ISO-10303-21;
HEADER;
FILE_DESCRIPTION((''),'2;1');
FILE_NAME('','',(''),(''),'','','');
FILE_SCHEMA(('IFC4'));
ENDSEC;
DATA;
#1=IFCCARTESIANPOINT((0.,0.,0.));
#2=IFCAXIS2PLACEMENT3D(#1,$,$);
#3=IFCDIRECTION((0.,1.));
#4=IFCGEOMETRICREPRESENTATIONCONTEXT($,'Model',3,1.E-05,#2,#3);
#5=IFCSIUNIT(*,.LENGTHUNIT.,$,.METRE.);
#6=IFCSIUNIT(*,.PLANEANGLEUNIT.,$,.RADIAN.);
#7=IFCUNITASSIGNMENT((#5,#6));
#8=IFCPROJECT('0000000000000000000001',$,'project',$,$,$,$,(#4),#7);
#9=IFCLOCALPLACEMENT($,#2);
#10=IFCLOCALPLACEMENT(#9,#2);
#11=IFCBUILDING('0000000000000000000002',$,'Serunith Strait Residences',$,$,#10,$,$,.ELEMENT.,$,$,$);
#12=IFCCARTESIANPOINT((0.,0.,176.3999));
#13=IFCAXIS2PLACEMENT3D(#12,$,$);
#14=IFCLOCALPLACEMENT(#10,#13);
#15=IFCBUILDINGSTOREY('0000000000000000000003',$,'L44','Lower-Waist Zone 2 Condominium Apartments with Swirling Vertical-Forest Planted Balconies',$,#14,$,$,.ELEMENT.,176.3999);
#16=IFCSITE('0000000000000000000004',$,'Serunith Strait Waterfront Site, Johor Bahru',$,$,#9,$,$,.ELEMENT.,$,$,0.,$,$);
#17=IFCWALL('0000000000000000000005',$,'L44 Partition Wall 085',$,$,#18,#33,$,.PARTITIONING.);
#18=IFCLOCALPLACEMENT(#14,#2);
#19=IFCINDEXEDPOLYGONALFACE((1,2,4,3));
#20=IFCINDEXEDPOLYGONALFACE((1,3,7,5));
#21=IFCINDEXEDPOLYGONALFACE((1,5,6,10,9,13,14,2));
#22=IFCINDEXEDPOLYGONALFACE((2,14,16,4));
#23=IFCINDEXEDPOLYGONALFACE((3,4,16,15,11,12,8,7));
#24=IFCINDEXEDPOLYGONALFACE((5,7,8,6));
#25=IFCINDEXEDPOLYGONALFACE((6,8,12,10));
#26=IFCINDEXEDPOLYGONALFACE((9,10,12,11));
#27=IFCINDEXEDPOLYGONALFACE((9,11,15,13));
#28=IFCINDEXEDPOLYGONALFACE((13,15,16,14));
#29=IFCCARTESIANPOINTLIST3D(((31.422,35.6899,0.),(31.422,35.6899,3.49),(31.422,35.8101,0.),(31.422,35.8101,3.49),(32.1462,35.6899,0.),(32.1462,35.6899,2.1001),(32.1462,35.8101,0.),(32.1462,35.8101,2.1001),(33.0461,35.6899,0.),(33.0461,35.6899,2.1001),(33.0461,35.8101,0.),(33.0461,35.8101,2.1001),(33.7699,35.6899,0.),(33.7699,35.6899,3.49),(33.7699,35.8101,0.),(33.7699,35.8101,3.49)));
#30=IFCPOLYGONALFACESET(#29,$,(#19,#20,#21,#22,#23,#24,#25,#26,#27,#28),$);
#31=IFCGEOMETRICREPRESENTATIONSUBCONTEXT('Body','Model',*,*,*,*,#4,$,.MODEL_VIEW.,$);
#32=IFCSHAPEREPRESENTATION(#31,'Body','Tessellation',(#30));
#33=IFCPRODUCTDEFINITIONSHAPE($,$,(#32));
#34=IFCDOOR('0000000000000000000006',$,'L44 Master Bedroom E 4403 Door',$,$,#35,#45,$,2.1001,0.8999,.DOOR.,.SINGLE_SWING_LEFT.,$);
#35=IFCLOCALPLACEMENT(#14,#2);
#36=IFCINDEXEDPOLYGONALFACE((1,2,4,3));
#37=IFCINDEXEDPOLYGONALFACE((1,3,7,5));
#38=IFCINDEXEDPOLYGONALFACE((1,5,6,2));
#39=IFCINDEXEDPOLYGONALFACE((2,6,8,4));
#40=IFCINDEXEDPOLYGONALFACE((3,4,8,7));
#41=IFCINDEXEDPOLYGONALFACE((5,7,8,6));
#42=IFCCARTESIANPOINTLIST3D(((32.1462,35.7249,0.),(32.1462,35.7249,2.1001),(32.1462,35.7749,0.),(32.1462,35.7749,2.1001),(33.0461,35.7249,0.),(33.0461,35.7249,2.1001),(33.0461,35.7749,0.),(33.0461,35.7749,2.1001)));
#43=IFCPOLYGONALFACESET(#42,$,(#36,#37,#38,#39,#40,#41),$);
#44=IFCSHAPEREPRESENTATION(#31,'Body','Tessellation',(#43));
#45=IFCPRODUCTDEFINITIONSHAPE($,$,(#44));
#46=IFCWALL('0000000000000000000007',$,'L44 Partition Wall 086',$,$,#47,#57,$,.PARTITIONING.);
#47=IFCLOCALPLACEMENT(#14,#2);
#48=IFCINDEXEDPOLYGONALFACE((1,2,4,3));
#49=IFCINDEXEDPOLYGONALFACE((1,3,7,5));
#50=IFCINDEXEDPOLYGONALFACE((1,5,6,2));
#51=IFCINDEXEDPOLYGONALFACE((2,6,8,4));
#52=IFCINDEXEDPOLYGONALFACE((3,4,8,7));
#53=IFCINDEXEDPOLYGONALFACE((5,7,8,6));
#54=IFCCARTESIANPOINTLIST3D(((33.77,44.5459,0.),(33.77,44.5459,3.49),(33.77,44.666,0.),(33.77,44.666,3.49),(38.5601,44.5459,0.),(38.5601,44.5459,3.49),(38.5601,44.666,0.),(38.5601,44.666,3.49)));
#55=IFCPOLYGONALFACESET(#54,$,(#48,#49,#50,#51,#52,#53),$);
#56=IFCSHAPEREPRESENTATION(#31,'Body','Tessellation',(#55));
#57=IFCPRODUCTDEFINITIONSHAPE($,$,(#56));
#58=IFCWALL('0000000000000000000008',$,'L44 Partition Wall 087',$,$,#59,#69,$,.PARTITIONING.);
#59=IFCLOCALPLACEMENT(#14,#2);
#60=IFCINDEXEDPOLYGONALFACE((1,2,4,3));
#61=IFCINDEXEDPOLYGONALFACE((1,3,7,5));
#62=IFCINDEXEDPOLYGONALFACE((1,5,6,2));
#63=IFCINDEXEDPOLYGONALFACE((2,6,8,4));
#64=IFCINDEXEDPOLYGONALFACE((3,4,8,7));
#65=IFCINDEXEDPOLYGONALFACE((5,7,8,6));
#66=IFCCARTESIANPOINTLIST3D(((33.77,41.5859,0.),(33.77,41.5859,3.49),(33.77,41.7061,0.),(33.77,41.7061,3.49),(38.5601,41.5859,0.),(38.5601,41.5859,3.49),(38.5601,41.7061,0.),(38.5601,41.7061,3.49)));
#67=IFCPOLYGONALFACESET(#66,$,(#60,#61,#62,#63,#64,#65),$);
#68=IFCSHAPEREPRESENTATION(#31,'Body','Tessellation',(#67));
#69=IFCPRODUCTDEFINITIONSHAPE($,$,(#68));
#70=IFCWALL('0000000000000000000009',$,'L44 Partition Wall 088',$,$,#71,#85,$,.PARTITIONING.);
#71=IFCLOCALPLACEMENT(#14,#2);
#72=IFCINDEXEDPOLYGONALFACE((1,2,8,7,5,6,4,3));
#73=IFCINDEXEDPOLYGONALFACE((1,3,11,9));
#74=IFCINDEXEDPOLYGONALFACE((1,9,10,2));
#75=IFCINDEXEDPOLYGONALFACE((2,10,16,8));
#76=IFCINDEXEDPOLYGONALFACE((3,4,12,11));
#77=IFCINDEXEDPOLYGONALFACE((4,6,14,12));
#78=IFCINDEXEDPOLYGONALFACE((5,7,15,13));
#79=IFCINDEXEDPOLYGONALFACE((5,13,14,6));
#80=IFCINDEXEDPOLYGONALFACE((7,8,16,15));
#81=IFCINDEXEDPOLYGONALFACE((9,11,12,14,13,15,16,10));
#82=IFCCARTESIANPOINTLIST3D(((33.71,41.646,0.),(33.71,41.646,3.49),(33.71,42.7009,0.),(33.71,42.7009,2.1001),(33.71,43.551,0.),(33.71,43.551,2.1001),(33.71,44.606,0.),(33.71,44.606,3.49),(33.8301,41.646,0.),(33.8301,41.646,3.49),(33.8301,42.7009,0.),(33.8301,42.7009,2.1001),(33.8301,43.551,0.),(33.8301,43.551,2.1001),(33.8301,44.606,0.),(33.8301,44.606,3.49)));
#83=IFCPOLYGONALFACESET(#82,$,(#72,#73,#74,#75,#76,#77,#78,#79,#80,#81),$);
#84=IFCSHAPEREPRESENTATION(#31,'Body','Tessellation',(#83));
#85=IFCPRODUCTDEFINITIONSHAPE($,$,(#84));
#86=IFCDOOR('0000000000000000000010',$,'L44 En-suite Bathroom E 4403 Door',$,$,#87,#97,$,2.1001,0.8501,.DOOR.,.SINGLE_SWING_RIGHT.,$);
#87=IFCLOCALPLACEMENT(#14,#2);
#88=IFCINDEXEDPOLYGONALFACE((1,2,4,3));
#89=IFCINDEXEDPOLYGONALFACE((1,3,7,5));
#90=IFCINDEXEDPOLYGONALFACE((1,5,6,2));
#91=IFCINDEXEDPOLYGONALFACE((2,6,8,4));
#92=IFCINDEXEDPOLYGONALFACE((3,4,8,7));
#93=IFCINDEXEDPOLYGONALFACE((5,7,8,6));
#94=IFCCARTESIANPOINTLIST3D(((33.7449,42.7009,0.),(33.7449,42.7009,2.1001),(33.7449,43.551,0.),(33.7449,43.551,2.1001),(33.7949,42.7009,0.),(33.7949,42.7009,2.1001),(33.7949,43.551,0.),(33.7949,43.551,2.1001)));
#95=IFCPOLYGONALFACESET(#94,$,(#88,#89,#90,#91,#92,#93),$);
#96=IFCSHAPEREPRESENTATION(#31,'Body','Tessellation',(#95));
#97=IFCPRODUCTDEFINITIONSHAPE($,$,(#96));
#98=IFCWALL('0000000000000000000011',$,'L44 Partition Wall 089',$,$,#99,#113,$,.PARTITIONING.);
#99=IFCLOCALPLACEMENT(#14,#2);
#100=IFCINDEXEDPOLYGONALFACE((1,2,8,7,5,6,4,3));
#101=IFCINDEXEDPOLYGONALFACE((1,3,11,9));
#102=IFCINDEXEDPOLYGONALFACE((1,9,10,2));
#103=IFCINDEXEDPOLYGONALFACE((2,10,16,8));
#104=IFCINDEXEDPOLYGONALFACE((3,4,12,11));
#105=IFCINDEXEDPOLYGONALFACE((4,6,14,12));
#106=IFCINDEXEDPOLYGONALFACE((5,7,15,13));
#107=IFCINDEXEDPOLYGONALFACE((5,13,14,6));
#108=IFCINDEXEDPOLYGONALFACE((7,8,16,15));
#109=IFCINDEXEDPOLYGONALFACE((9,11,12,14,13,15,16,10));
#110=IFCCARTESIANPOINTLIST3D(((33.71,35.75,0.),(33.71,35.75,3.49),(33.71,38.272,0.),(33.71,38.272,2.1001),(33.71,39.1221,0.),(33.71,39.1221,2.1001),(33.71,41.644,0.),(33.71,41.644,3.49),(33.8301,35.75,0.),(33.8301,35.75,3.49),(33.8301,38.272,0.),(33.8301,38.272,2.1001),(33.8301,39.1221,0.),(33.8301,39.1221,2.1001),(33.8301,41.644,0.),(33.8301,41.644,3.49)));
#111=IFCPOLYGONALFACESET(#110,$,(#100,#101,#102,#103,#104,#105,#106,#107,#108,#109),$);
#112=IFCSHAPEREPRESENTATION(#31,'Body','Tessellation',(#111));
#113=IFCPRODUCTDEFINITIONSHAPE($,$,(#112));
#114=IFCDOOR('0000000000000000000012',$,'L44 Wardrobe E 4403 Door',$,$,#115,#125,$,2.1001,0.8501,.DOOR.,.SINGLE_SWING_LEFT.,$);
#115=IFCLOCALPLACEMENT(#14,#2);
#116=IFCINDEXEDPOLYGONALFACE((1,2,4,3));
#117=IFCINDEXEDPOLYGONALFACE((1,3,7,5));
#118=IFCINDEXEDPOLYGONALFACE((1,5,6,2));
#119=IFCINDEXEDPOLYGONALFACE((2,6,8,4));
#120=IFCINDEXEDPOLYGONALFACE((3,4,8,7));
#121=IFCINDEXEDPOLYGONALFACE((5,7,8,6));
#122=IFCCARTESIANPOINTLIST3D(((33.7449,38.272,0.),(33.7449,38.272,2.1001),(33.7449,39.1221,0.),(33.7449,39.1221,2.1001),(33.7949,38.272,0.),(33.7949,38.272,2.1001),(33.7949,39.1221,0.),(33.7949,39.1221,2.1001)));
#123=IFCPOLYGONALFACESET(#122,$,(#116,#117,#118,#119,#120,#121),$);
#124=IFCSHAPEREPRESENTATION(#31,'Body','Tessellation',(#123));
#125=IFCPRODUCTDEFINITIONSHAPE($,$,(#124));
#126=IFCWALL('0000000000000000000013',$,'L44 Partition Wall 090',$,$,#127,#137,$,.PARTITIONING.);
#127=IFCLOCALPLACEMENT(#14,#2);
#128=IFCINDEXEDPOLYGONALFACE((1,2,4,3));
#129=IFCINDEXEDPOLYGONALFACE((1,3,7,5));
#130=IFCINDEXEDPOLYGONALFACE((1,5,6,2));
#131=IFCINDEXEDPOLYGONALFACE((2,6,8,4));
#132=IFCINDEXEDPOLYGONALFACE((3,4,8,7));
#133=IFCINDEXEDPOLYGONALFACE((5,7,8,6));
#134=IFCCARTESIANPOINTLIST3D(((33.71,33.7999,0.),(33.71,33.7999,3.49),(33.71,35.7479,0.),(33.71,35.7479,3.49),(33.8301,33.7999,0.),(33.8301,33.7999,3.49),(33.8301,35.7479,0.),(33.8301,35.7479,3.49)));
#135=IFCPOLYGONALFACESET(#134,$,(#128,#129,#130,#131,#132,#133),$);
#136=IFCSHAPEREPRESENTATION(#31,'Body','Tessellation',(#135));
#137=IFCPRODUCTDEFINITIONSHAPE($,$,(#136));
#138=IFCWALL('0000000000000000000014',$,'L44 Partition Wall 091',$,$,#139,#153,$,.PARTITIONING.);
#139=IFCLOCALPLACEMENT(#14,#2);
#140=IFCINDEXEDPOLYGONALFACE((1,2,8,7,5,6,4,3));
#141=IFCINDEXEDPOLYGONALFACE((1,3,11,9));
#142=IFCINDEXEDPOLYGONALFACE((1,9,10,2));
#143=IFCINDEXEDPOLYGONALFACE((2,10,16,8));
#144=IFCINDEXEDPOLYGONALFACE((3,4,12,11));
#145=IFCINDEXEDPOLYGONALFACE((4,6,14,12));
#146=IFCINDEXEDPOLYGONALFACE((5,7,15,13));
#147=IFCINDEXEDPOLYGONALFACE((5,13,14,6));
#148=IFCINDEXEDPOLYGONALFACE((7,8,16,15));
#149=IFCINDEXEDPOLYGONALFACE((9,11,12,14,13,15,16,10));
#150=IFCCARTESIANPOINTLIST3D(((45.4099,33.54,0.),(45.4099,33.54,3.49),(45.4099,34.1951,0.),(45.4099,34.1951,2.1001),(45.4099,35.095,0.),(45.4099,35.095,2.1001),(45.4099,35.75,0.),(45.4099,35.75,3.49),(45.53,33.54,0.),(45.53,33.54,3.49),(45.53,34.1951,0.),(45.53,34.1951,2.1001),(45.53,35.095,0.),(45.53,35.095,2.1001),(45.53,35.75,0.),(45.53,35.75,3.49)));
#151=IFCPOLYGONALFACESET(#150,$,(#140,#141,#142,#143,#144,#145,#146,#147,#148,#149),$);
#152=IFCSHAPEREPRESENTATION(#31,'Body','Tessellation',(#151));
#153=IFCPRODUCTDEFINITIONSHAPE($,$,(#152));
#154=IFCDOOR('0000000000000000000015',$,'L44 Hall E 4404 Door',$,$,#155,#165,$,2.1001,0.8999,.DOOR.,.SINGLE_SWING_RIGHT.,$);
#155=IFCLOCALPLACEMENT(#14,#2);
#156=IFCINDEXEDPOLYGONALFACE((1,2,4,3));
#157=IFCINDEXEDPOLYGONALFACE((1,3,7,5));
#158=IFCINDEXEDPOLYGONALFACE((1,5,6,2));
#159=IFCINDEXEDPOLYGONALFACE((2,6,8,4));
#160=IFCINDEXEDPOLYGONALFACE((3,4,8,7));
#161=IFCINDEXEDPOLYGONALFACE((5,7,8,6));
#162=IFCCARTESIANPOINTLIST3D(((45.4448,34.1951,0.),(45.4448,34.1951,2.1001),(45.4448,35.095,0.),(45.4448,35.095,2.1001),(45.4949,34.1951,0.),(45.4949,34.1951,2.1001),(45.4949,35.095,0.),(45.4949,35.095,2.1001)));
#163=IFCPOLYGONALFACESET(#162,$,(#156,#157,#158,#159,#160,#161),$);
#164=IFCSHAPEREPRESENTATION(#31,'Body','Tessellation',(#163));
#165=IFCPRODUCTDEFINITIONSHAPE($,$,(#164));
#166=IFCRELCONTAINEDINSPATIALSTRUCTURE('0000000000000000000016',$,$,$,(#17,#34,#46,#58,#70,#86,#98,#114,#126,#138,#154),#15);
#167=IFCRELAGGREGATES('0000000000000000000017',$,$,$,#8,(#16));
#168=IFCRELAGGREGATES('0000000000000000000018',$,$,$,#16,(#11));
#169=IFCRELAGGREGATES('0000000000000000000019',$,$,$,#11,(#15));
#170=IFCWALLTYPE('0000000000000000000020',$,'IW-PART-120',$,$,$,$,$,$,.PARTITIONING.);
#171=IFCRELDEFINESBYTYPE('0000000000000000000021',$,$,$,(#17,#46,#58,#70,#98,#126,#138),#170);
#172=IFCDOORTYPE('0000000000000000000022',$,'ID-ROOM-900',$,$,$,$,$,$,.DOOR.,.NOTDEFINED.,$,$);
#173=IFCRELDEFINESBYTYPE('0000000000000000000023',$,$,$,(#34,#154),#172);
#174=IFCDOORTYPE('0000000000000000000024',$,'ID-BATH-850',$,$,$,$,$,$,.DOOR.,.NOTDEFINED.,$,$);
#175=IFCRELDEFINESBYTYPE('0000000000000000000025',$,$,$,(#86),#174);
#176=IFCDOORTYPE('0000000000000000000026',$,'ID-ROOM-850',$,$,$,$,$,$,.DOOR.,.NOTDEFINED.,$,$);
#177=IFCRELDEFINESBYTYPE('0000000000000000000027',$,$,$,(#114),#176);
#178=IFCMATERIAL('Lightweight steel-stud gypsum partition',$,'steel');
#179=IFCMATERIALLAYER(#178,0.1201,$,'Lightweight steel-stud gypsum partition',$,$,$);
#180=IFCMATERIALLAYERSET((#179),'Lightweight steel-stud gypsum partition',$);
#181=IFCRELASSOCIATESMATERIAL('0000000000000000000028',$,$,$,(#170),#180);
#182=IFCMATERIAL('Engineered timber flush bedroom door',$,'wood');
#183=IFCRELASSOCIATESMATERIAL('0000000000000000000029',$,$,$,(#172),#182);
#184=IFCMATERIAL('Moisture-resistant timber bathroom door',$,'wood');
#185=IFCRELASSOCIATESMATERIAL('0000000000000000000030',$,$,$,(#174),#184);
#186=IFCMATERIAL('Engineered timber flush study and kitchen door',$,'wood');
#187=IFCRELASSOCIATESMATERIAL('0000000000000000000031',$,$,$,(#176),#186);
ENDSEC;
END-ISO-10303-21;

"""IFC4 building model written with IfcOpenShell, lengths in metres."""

from ifc_helpers import new_model, si_unit, direction, frame, frame_2d, origin, place, context, subcontext, project, spatial, rectangle, extrude, source, transform, mapped, material, layer, layer_set, type_object, element, fill, save


model = new_model("IFC4")

# Units and contexts
model_context = context("Model", 3, precision=1e-05, world=origin(), true_north=direction((0.0, 1.0)))
body_context = subcontext(model_context, "Body", "Model", "MODEL_VIEW")
ifc_project = project(units=[si_unit("LENGTHUNIT", "METRE"), si_unit("PLANEANGLEUNIT", "RADIAN")], contexts=[model_context])

# Site, building, storey
site_placement = place(None, origin())
site = spatial("IfcSite", under=ifc_project, at=site_placement, Name="Serunith Strait Waterfront Site, Johor Bahru", CompositionType="ELEMENT", RefElevation=0.0)
building_placement = place(site_placement, origin())
building = spatial("IfcBuilding", under=site, at=building_placement, Name="Serunith Strait Residences", CompositionType="ELEMENT")
storey_placement = place(building_placement, frame((0.0, 0.0, 176.3999)))
storey = spatial("IfcBuildingStorey", under=building, at=storey_placement, Name="L44", Description="Lower-Waist Zone 2 Condominium Apartments with Swirling Vertical-Forest Planted Balconies", CompositionType="ELEMENT", Elevation=176.3999)

# Shared definitions
ifc_material_1 = material(Name="Lightweight steel-stud gypsum partition", Category="steel")
ifc_layer_1 = layer(ifc_material_1, 0.1201, Name="Lightweight steel-stud gypsum partition")
ifc_layer_set_1 = layer_set([ifc_layer_1], Name="Lightweight steel-stud gypsum partition")
wall_type_1 = type_object("IfcWallType", Name="IW-PART-120", PredefinedType="PARTITIONING", material=ifc_layer_set_1)

# Wall, opening, door
wall_1_placement = place(storey_placement, frame((31.4221, 35.75, 0.0), z_axis=(0.0, 0.0, 1.0), x_axis=(1.0, 0.0, 0.0)))
wall_1 = element("IfcWall", 1, at=wall_1_placement, inside=storey, type_object=wall_type_1, Name="L44 Partition Wall 085", PredefinedType="PARTITIONING", context=body_context, shape_type="SweptSolid", body=[
    extrude(rectangle(XDim=2.3479, YDim=0.1201, at=frame_2d((1.1738, 0.0))), origin(), (0.0, 0.0, 1.0), 3.49),
])
opening_1_placement = place(wall_1_placement, frame((0.7241, 0.0, 0.0)))
opening_1 = element("IfcOpeningElement", 2, at=opening_1_placement, cuts=wall_1, PredefinedType="OPENING", context=body_context, shape_type="SweptSolid", body=[
    extrude(rectangle(XDim=0.8999, YDim=2.1001, at=frame_2d((0.45, 1.05))), frame((0.0, 0.0701, 0.0), z_axis=(0.0, -1.0, 0.0), x_axis=(1.0, 0.0, 0.0)), (0.0, 0.0, 1.0), 0.1401),
])
ifc_material_2 = material(Name="Engineered timber flush bedroom door", Category="wood")
door_type_1 = type_object("IfcDoorType", Name="ID-ROOM-900", OperationType="NOTDEFINED", PredefinedType="DOOR", material=ifc_material_2)
shared_shape_1 = source(origin(), body_context, "Body", "SweptSolid", [
    extrude(rectangle(XDim=0.8999, YDim=2.1001, at=frame_2d((0.45, 1.05))), frame((0.0, 0.0249, 0.0), z_axis=(0.0, -1.0, 0.0), x_axis=(1.0, 0.0, 0.0)), (0.0, 0.0, 1.0), 0.05),
])
door_1_placement = place(opening_1_placement, origin())
door_1 = element("IfcDoor", 3, at=door_1_placement, inside=storey, type_object=door_type_1, Name="L44 Master Bedroom E 4403 Door", OperationType="SINGLE_SWING_LEFT", OverallHeight=2.1001, OverallWidth=0.8999, PredefinedType="DOOR", context=body_context, shape_type="MappedRepresentation", body=[
    mapped(shared_shape_1, transform((0.0, 0.0, 0.0), scale=1.0)),
])
fill(opening_1, door_1)

# Walls
for number, where, z_axis, x_axis, name in (
    (4, (33.77, 44.606, 0.0), (0.0, 0.0, 1.0), (1.0, 0.0, 0.0), "L44 Partition Wall 086"),
    (5, (33.77, 41.646, 0.0), (0.0, 0.0, 1.0), (1.0, 0.0, 0.0), "L44 Partition Wall 087"),
):
    element("IfcWall", number, at=place(storey_placement, frame(where, z_axis=z_axis, x_axis=x_axis)), inside=storey, type_object=wall_type_1, Name=name, PredefinedType="PARTITIONING", context=body_context, shape_type="SweptSolid", body=[
        extrude(rectangle(XDim=4.79, YDim=0.1201, at=frame_2d((2.395, 0.0))), origin(), (0.0, 0.0, 1.0), 3.49),
    ])

# Walls, openings, doors
wall_2_placement = place(storey_placement, frame((33.77, 44.606, 0.0), z_axis=(0.0, 0.0, 1.0), x_axis=(0.0, -1.0, 0.0)))
wall_2 = element("IfcWall", 6, at=wall_2_placement, inside=storey, type_object=wall_type_1, Name="L44 Partition Wall 088", PredefinedType="PARTITIONING", context=body_context, shape_type="SweptSolid", body=[
    extrude(rectangle(XDim=2.96, YDim=0.1201, at=frame_2d((1.48, 0.0))), origin(), (0.0, 0.0, 1.0), 3.49),
])
opening_2_placement = place(wall_2_placement, frame((1.0549, 0.0, 0.0)))
opening_2 = element("IfcOpeningElement", 7, at=opening_2_placement, cuts=wall_2, PredefinedType="OPENING", context=body_context, shape_type="SweptSolid", body=[
    extrude(rectangle(XDim=0.8501, YDim=2.1001, at=frame_2d((0.425, 1.05))), frame((0.0, 0.0701, 0.0), z_axis=(0.0, -1.0, 0.0), x_axis=(1.0, 0.0, 0.0)), (0.0, 0.0, 1.0), 0.1401),
])
ifc_material_3 = material(Name="Moisture-resistant timber bathroom door", Category="wood")
door_type_2 = type_object("IfcDoorType", Name="ID-BATH-850", OperationType="NOTDEFINED", PredefinedType="DOOR", material=ifc_material_3)
shared_shape_2 = source(origin(), body_context, "Body", "SweptSolid", [
    extrude(rectangle(XDim=0.8501, YDim=2.1001, at=frame_2d((0.425, 1.05))), frame((0.0, 0.0249, 0.0), z_axis=(0.0, -1.0, 0.0), x_axis=(1.0, 0.0, 0.0)), (0.0, 0.0, 1.0), 0.05),
])
door_2_placement = place(opening_2_placement, origin())
door_2 = element("IfcDoor", 8, at=door_2_placement, inside=storey, type_object=door_type_2, Name="L44 En-suite Bathroom E 4403 Door", OperationType="SINGLE_SWING_RIGHT", OverallHeight=2.1001, OverallWidth=0.8501, PredefinedType="DOOR", context=body_context, shape_type="MappedRepresentation", body=[
    mapped(shared_shape_2, transform((0.0, 0.0, 0.0), scale=1.0)),
])
fill(opening_2, door_2)
wall_3_placement = place(storey_placement, frame((33.77, 41.644, 0.0), z_axis=(0.0, 0.0, 1.0), x_axis=(0.0, -1.0, 0.0)))
wall_3 = element("IfcWall", 9, at=wall_3_placement, inside=storey, type_object=wall_type_1, Name="L44 Partition Wall 089", PredefinedType="PARTITIONING", context=body_context, shape_type="SweptSolid", body=[
    extrude(rectangle(XDim=5.894, YDim=0.1201, at=frame_2d((2.947, 0.0))), origin(), (0.0, 0.0, 1.0), 3.49),
])
opening_3_placement = place(wall_3_placement, frame((2.522, 0.0, 0.0)))
opening_3 = element("IfcOpeningElement", 10, at=opening_3_placement, cuts=wall_3, PredefinedType="OPENING", context=body_context, shape_type="SweptSolid", body=[
    extrude(rectangle(XDim=0.8501, YDim=2.1001, at=frame_2d((0.425, 1.05))), frame((0.0, 0.0701, 0.0), z_axis=(0.0, -1.0, 0.0), x_axis=(1.0, 0.0, 0.0)), (0.0, 0.0, 1.0), 0.1401),
])
ifc_material_4 = material(Name="Engineered timber flush study and kitchen door", Category="wood")
door_type_3 = type_object("IfcDoorType", Name="ID-ROOM-850", OperationType="NOTDEFINED", PredefinedType="DOOR", material=ifc_material_4)
door_3_placement = place(opening_3_placement, origin())
door_3 = element("IfcDoor", 11, at=door_3_placement, inside=storey, type_object=door_type_3, Name="L44 Wardrobe E 4403 Door", OperationType="SINGLE_SWING_LEFT", OverallHeight=2.1001, OverallWidth=0.8501, PredefinedType="DOOR", context=body_context, shape_type="MappedRepresentation", body=[
    mapped(shared_shape_2, transform((0.0, 0.0, 0.0), scale=1.0)),
])
fill(opening_3, door_3)

# Wall
wall_4_placement = place(storey_placement, frame((33.77, 35.748, 0.0), z_axis=(0.0, 0.0, 1.0), x_axis=(0.0, -1.0, 0.0)))
element("IfcWall", 12, at=wall_4_placement, inside=storey, type_object=wall_type_1, Name="L44 Partition Wall 090", PredefinedType="PARTITIONING", context=body_context, shape_type="SweptSolid", body=[
    extrude(rectangle(XDim=1.948, YDim=0.1201, at=frame_2d((0.9741, 0.0))), origin(), (0.0, 0.0, 1.0), 3.49),
])

# Wall, opening, door
wall_5_placement = place(storey_placement, frame((45.47, 35.75, 0.0), z_axis=(0.0, 0.0, 1.0), x_axis=(0.0, -1.0, 0.0)))
wall_5 = element("IfcWall", 13, at=wall_5_placement, inside=storey, type_object=wall_type_1, Name="L44 Partition Wall 091", PredefinedType="PARTITIONING", context=body_context, shape_type="SweptSolid", body=[
    extrude(rectangle(XDim=2.21, YDim=0.1201, at=frame_2d((1.105, 0.0))), origin(), (0.0, 0.0, 1.0), 3.49),
])
opening_4_placement = place(wall_5_placement, frame((0.655, 0.0, 0.0)))
opening_4 = element("IfcOpeningElement", 14, at=opening_4_placement, cuts=wall_5, PredefinedType="OPENING", context=body_context, shape_type="SweptSolid", body=[
    extrude(rectangle(XDim=0.8999, YDim=2.1001, at=frame_2d((0.45, 1.05))), frame((0.0, 0.0701, 0.0), z_axis=(0.0, -1.0, 0.0), x_axis=(1.0, 0.0, 0.0)), (0.0, 0.0, 1.0), 0.1401),
])
door_4_placement = place(opening_4_placement, origin())
door_4 = element("IfcDoor", 15, at=door_4_placement, inside=storey, type_object=door_type_1, Name="L44 Hall E 4404 Door", OperationType="SINGLE_SWING_RIGHT", OverallHeight=2.1001, OverallWidth=0.8999, PredefinedType="DOOR", context=body_context, shape_type="MappedRepresentation", body=[
    mapped(shared_shape_1, transform((0.0, 0.0, 0.0), scale=1.0)),
])
fill(opening_4, door_4)

save(model, "model.ifc")
